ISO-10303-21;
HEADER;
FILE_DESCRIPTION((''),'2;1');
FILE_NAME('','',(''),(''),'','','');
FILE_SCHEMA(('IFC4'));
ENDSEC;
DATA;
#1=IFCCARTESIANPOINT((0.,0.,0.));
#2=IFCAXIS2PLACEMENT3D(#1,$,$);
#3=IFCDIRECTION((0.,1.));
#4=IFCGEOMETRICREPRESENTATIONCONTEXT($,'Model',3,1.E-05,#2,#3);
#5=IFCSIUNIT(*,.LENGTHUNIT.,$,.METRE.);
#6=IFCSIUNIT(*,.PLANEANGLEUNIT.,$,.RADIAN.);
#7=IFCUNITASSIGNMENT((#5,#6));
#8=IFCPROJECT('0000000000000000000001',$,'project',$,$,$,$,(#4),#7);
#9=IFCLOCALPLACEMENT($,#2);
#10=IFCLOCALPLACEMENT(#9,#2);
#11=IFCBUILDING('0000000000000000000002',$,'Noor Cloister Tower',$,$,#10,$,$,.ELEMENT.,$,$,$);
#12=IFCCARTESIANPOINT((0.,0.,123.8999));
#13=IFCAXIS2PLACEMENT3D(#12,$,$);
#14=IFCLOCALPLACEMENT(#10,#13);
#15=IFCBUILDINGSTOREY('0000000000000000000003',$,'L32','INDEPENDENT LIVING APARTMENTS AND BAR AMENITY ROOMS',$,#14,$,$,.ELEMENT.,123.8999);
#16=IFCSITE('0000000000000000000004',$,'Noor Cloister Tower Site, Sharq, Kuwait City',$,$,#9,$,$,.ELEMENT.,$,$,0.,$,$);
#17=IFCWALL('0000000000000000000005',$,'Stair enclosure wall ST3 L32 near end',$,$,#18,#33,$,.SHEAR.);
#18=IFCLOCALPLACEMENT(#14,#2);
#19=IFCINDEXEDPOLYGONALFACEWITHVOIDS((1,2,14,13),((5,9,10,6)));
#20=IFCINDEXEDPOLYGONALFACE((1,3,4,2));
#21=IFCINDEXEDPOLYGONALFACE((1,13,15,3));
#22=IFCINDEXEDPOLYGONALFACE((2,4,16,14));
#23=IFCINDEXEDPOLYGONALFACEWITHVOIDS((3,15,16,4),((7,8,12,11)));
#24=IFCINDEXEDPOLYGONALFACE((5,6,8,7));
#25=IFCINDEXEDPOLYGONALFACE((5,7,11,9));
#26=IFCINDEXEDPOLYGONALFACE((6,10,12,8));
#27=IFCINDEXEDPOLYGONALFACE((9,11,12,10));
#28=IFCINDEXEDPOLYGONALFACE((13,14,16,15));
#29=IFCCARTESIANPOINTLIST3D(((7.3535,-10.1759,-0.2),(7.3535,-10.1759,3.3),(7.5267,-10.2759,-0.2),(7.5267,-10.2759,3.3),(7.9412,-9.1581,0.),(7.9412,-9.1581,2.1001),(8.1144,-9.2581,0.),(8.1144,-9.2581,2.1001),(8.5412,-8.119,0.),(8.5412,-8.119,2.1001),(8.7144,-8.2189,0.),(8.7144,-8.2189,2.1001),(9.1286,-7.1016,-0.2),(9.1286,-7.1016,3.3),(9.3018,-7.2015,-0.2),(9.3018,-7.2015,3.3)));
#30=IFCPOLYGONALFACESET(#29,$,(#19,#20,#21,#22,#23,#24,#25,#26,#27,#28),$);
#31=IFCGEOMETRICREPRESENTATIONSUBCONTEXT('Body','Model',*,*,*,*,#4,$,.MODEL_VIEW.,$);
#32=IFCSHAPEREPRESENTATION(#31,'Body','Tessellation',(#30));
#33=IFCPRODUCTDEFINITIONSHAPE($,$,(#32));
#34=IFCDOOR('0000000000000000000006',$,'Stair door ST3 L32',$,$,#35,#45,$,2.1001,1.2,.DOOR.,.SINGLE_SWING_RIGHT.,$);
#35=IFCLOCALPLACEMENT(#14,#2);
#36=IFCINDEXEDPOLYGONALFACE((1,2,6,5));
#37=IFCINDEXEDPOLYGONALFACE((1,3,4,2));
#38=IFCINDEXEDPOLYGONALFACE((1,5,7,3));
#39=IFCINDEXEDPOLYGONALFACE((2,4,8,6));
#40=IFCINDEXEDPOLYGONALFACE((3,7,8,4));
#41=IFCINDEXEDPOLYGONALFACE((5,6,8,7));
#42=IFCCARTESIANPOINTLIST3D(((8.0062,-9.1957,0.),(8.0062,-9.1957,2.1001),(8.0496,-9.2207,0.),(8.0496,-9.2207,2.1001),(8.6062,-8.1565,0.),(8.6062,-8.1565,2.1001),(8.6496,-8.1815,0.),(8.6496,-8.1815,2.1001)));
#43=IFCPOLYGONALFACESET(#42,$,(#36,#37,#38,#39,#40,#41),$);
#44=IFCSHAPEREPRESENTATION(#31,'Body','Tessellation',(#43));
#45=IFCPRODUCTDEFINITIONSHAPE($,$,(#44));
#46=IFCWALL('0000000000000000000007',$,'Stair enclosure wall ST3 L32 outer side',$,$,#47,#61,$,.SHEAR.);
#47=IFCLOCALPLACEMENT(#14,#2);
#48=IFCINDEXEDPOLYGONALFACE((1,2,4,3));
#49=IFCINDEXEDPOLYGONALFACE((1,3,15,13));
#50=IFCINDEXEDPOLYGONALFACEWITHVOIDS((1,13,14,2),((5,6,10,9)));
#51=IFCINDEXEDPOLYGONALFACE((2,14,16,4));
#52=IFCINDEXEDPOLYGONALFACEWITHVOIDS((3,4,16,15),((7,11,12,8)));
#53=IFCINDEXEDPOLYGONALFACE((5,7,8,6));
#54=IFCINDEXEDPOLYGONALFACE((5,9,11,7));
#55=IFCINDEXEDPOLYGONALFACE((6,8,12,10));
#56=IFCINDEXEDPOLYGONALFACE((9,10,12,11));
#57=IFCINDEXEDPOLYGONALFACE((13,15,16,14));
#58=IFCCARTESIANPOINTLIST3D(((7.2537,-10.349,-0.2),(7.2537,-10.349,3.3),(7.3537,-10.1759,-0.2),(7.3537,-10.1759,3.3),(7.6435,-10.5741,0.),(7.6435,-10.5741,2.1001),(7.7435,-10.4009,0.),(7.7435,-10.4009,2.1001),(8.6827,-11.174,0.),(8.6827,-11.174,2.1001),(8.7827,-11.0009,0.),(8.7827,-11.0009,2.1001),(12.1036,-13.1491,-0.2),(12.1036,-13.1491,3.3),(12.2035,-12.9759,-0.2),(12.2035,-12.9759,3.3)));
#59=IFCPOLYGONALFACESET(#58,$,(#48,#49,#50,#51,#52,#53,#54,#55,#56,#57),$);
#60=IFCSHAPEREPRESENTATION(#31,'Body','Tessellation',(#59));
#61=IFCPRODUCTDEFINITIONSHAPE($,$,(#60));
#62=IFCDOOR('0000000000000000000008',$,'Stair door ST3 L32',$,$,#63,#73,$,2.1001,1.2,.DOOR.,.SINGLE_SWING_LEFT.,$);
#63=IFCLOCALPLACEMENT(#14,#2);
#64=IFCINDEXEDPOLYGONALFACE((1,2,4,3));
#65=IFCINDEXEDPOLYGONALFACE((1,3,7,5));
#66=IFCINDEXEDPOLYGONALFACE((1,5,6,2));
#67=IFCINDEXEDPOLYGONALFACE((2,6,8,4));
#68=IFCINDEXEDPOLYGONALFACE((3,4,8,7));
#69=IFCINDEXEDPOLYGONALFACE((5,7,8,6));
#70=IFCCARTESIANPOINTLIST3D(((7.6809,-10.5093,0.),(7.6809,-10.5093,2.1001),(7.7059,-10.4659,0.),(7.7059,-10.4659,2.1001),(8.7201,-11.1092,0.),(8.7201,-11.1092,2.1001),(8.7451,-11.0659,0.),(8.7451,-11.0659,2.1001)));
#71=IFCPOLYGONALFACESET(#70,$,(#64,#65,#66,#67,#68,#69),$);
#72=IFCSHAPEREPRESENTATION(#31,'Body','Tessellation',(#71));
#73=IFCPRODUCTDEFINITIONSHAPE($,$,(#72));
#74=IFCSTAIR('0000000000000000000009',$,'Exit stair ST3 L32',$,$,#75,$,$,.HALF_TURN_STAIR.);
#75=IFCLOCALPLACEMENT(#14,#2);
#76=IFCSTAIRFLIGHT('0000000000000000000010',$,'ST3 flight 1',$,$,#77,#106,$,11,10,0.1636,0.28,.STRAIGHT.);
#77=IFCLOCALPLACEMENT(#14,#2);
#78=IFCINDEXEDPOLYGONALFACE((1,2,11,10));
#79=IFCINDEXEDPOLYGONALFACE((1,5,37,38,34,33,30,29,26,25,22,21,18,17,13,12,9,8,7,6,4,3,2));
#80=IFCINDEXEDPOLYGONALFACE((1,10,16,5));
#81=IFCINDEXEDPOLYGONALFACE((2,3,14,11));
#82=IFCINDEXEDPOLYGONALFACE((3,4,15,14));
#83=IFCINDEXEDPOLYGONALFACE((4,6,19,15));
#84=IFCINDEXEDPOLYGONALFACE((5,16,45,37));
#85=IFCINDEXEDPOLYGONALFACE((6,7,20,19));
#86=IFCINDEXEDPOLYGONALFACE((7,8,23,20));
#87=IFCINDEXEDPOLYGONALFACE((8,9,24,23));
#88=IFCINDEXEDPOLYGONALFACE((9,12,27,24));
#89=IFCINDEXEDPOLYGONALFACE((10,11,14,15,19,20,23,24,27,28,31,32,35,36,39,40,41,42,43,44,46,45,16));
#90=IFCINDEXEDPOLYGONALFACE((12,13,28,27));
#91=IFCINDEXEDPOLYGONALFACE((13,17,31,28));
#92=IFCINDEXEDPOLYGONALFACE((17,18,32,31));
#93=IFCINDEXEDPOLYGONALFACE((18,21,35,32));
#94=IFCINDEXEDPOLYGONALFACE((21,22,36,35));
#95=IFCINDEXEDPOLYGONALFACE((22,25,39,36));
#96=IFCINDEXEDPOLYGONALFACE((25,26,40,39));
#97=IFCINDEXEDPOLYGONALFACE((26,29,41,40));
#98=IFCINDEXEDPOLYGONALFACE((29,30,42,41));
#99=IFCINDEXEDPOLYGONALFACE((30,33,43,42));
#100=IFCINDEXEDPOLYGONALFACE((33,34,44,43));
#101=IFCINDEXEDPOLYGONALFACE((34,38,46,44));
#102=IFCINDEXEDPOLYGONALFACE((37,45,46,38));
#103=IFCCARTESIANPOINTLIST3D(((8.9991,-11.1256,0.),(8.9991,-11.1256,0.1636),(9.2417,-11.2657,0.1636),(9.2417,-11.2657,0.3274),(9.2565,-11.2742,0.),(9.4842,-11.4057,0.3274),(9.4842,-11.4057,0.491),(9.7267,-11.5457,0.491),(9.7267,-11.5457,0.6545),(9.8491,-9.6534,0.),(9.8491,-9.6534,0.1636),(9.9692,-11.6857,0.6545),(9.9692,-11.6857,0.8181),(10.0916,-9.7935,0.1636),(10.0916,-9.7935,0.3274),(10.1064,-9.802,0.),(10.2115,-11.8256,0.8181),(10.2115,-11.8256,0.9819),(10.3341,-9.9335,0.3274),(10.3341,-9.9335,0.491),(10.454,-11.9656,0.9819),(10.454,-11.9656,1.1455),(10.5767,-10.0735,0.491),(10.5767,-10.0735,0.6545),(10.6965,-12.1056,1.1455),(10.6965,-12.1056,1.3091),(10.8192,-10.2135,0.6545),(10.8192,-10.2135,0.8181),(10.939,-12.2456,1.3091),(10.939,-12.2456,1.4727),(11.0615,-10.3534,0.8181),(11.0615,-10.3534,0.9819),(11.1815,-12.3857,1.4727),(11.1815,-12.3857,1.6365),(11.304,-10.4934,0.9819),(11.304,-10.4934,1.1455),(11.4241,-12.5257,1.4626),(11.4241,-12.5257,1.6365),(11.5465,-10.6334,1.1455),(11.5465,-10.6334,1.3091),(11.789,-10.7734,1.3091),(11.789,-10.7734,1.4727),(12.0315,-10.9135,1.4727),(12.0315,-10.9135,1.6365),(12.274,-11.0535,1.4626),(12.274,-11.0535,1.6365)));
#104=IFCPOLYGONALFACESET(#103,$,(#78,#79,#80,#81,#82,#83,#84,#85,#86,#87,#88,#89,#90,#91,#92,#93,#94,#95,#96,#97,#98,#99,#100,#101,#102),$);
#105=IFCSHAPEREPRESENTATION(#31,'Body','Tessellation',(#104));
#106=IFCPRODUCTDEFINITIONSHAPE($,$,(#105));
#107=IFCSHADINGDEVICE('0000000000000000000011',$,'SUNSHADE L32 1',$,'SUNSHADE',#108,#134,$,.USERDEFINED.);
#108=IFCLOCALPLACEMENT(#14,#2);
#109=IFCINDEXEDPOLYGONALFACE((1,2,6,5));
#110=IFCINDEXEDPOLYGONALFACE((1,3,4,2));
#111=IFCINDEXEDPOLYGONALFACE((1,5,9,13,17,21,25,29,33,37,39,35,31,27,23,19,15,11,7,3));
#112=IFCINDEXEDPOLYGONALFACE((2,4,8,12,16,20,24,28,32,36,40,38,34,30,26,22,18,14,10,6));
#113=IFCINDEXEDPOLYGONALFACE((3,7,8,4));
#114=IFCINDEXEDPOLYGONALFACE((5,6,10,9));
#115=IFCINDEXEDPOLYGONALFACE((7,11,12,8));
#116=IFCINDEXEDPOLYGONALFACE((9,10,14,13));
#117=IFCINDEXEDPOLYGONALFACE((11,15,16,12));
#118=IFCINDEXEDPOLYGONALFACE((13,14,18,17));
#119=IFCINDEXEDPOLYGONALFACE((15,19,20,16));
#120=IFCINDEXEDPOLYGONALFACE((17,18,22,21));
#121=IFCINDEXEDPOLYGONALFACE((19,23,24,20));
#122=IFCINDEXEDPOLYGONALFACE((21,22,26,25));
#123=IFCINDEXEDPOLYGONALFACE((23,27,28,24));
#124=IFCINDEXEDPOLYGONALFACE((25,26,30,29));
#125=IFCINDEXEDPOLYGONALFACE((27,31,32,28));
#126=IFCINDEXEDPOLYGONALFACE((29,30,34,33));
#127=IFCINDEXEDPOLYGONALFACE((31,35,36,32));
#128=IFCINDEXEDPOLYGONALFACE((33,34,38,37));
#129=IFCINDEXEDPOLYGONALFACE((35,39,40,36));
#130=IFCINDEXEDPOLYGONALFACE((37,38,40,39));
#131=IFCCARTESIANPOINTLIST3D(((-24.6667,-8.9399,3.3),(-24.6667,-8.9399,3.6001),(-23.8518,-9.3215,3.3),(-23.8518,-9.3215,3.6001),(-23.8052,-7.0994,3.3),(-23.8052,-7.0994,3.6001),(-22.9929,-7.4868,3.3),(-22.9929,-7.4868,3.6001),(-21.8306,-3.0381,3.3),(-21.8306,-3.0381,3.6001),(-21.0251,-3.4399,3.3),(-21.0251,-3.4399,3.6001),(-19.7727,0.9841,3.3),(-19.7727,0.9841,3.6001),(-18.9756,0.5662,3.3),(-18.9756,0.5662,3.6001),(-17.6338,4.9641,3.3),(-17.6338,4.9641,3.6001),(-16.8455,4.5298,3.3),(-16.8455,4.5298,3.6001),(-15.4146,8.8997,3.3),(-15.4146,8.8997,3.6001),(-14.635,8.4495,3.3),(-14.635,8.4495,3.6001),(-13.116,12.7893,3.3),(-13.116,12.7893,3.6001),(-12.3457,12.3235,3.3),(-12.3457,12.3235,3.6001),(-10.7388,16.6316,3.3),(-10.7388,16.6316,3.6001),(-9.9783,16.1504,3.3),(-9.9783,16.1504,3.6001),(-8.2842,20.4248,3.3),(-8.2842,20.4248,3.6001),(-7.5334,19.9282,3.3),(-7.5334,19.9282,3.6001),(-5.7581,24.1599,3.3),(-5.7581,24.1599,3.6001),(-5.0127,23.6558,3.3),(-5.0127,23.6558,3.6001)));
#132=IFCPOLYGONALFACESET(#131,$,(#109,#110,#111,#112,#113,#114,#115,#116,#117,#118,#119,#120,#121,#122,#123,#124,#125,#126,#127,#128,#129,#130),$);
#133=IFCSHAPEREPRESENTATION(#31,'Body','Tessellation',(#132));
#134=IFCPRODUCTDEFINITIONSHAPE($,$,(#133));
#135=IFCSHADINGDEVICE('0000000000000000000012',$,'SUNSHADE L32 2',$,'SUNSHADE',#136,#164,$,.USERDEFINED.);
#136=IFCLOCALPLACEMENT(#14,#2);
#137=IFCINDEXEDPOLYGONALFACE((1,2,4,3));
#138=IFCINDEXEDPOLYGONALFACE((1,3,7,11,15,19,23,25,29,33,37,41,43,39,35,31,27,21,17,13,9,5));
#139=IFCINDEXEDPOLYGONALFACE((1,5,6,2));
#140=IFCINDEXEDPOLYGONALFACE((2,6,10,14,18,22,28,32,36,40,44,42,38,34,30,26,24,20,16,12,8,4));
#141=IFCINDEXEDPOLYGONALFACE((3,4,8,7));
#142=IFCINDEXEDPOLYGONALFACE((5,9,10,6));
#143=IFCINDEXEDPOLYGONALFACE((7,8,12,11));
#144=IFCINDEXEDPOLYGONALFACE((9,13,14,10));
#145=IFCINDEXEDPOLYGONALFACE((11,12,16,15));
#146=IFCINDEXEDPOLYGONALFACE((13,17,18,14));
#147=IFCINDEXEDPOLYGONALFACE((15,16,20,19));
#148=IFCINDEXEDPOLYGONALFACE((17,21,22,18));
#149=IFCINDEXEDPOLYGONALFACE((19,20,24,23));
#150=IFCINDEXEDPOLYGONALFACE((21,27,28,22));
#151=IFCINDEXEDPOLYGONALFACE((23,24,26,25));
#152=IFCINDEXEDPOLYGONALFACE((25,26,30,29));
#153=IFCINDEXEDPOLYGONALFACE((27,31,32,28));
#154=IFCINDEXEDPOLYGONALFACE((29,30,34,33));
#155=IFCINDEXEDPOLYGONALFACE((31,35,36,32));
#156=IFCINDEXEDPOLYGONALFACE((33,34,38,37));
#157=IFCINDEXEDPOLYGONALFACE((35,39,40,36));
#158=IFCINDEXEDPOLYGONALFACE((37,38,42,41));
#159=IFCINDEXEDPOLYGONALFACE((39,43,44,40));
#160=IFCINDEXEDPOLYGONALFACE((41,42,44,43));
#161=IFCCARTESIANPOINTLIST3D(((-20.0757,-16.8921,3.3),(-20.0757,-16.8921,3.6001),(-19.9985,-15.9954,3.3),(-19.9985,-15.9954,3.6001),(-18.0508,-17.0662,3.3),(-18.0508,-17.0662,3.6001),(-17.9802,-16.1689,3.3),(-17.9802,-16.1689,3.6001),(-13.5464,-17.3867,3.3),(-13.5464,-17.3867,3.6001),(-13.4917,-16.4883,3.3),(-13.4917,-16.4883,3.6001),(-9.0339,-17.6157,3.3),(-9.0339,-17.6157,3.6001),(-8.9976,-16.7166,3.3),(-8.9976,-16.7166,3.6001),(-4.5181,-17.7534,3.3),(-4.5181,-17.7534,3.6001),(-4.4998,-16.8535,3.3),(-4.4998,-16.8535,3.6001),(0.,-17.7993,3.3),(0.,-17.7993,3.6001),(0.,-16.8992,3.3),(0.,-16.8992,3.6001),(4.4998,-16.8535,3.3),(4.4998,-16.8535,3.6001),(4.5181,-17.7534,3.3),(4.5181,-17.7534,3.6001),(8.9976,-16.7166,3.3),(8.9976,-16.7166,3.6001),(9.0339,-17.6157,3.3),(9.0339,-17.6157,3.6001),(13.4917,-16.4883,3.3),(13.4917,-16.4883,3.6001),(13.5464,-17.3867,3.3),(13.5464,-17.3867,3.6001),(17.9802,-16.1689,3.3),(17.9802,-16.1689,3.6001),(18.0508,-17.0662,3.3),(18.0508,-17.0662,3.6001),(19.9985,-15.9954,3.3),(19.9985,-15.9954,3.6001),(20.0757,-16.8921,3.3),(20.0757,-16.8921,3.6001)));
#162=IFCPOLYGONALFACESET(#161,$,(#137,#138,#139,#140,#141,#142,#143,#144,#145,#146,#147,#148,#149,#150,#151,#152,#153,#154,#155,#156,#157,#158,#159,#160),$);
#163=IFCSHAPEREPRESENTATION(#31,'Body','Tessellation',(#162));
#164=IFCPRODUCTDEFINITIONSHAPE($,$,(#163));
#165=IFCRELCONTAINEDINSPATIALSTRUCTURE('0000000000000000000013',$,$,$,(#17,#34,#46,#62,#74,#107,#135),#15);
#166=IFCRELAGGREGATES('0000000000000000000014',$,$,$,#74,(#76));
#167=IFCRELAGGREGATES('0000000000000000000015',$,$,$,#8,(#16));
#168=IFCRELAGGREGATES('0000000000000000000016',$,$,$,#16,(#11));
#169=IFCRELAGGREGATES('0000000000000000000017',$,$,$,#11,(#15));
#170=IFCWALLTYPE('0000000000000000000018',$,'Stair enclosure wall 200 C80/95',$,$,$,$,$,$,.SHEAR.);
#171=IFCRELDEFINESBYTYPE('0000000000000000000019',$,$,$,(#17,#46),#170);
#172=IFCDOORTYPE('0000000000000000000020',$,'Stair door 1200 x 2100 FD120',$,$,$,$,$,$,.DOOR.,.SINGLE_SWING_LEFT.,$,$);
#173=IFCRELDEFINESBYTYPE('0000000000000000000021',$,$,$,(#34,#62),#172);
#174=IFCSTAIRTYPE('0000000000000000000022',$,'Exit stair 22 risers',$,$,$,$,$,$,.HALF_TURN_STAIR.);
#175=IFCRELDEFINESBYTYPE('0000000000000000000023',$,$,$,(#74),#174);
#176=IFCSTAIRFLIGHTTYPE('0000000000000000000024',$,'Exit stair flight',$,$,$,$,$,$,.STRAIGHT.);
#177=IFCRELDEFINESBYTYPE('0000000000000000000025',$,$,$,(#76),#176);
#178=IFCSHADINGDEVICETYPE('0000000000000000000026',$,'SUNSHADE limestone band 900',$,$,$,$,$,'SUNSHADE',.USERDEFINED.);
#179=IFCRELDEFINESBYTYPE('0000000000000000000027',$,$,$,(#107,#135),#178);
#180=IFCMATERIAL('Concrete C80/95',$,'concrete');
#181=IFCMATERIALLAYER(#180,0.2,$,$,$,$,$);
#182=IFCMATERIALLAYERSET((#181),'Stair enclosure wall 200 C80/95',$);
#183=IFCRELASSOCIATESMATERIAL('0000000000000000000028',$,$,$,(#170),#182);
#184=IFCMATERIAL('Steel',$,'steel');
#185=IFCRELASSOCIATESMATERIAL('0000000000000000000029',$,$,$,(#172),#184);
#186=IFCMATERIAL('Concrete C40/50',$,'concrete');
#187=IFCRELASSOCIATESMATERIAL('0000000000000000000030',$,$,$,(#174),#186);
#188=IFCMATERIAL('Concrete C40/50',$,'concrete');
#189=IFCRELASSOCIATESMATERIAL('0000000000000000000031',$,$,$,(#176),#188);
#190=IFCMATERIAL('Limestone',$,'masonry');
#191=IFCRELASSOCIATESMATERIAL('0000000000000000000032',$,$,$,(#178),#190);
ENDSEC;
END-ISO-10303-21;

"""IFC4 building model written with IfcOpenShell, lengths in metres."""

from ifc_helpers import new_model, si_unit, direction, frame, frame_2d, origin, place, context, subcontext, project, spatial, polyline, rectangle, outline, extrude, material, layer, layer_set, type_object, element, fill, aggregate, save


model = new_model("IFC4")

# Units and contexts
model_context = context("Model", 3, precision=1e-05, world=origin(), true_north=direction((0.0, 1.0)))
body_context = subcontext(model_context, "Body", "Model", "MODEL_VIEW")
ifc_project = project(units=[si_unit("LENGTHUNIT", "METRE"), si_unit("PLANEANGLEUNIT", "RADIAN")], contexts=[model_context])

# Site, building, storey
site_placement = place(None, origin())
site = spatial("IfcSite", under=ifc_project, at=site_placement, Name="Noor Cloister Tower Site, Sharq, Kuwait City", CompositionType="ELEMENT", RefElevation=0.0)
building_placement = place(site_placement, origin())
building = spatial("IfcBuilding", under=site, at=building_placement, Name="Noor Cloister Tower", CompositionType="ELEMENT")
storey_placement = place(building_placement, frame((0.0, 0.0, 123.8999)))
storey = spatial("IfcBuildingStorey", under=building, at=storey_placement, Name="L32", Description="INDEPENDENT LIVING APARTMENTS AND BAR AMENITY ROOMS", CompositionType="ELEMENT", Elevation=123.8999)

# Walls, openings, doors
ifc_material_1 = material(Name="Concrete C80/95", Category="concrete")
ifc_layer_1 = layer(ifc_material_1, 0.2)
ifc_layer_set_1 = layer_set([ifc_layer_1], Name="Stair enclosure wall 200 C80/95")
wall_type_1 = type_object("IfcWallType", Name="Stair enclosure wall 200 C80/95", PredefinedType="SHEAR", material=ifc_layer_set_1)
wall_1_placement = place(storey_placement, frame((7.4402, -10.2258, -0.2), z_axis=(0.0, 0.0, 1.0), x_axis=(0.500022, 0.866013, 0.0)))
wall_1 = element("IfcWall", 1, at=wall_1_placement, inside=storey, type_object=wall_type_1, Name="Stair enclosure wall ST3 L32 near end", PredefinedType="SHEAR", context=body_context, shape_type="SweptSolid", body=[
    extrude(rectangle(XDim=3.55, YDim=0.2, at=frame_2d((1.7749, 0.0))), origin(), (0.0, 0.0, 1.0), 3.5),
])
opening_1_placement = place(wall_1_placement, frame((1.175, 0.0, 0.2)))
opening_1 = element("IfcOpeningElement", 2, at=opening_1_placement, cuts=wall_1, PredefinedType="OPENING", context=body_context, shape_type="SweptSolid", body=[
    extrude(rectangle(XDim=1.2, YDim=2.1001, at=frame_2d((0.6001, 1.05))), frame((0.0, 0.1099, 0.0), z_axis=(0.0, -1.0, 0.0), x_axis=(1.0, 0.0, 0.0)), (0.0, 0.0, 1.0), 0.22),
])
ifc_material_2 = material(Name="Steel", Category="steel")
door_type_1 = type_object("IfcDoorType", Name="Stair door 1200 x 2100 FD120", OperationType="SINGLE_SWING_LEFT", PredefinedType="DOOR", material=ifc_material_2)
door_1_placement = place(opening_1_placement, origin())
door_1 = element("IfcDoor", 3, at=door_1_placement, inside=storey, type_object=door_type_1, Name="Stair door ST3 L32", OperationType="SINGLE_SWING_RIGHT", OverallHeight=2.1001, OverallWidth=1.2, PredefinedType="DOOR", context=body_context, shape_type="SweptSolid", body=[
    extrude(rectangle(XDim=1.2, YDim=2.1001, at=frame_2d((0.6001, 1.05))), frame((0.0, 0.0249, 0.0), z_axis=(0.0, -1.0, 0.0), x_axis=(1.0, 0.0, 0.0)), (0.0, 0.0, 1.0), 0.05),
])
fill(opening_1, door_1)
wall_2_placement = place(storey_placement, frame((7.3037, -10.2625, -0.2), z_axis=(0.0, 0.0, 1.0), x_axis=(0.866027, -0.499998, 0.0)))
wall_2 = element("IfcWall", 4, at=wall_2_placement, inside=storey, type_object=wall_type_1, Name="Stair enclosure wall ST3 L32 outer side", PredefinedType="SHEAR", context=body_context, shape_type="SweptSolid", body=[
    extrude(rectangle(XDim=5.6001, YDim=0.2, at=frame_2d((2.8, 0.0))), origin(), (0.0, 0.0, 1.0), 3.5),
])
opening_2_placement = place(wall_2_placement, frame((0.45, 0.0, 0.2)))
opening_2 = element("IfcOpeningElement", 5, at=opening_2_placement, cuts=wall_2, PredefinedType="OPENING", context=body_context, shape_type="SweptSolid", body=[
    extrude(rectangle(XDim=1.2, YDim=2.1001, at=frame_2d((0.6001, 1.05))), frame((0.0, 0.1099, 0.0), z_axis=(0.0, -1.0, 0.0), x_axis=(1.0, 0.0, 0.0)), (0.0, 0.0, 1.0), 0.22),
])
door_2_placement = place(opening_2_placement, origin())
door_2 = element("IfcDoor", 6, at=door_2_placement, inside=storey, type_object=door_type_1, Name="Stair door ST3 L32", OperationType="SINGLE_SWING_LEFT", OverallHeight=2.1001, OverallWidth=1.2, PredefinedType="DOOR", context=body_context, shape_type="SweptSolid", body=[
    extrude(rectangle(XDim=1.2, YDim=2.1001, at=frame_2d((0.6001, 1.05))), frame((0.0, 0.0249, 0.0), z_axis=(0.0, -1.0, 0.0), x_axis=(1.0, 0.0, 0.0)), (0.0, 0.0, 1.0), 0.05),
])
fill(opening_2, door_2)

# Stair, stair flight
ifc_material_3 = material(Name="Concrete C40/50", Category="concrete")
stair_type = type_object("IfcStairType", Name="Exit stair 22 risers", PredefinedType="HALF_TURN_STAIR", material=ifc_material_3)
stair_placement = place(storey_placement, origin())
stair = element("IfcStair", 7, at=stair_placement, inside=storey, type_object=stair_type, Name="Exit stair ST3 L32", PredefinedType="HALF_TURN_STAIR")
ifc_material_4 = material(Name="Concrete C40/50", Category="concrete")
stair_flight_type = type_object("IfcStairFlightType", Name="Exit stair flight", PredefinedType="STRAIGHT", material=ifc_material_4)
stair_flight_placement = place(storey_placement, frame((9.4241, -10.3896, 0.0), z_axis=(0.0, 0.0, 1.0), x_axis=(0.866025, -0.5, 0.0)))
stair_flight = element("IfcStairFlight", 8, at=stair_flight_placement, type_object=stair_flight_type, Name="ST3 flight 1", NumberOfRisers=11, NumberOfTreads=10, PredefinedType="STRAIGHT", RiserHeight=0.1636, TreadLength=0.28, context=body_context, shape_type="SweptSolid", body=[
    extrude(outline(polyline([(0.0, 0.0), (0.0, 0.1636), (0.28, 0.1636), (0.28, 0.3274), (0.5601, 0.3274), (0.5601, 0.491), (0.8401, 0.491), (0.8401, 0.6545), (1.1201, 0.6545), (1.1201, 0.8181), (1.3999, 0.8181), (1.3999, 0.9819), (1.6799, 0.9819), (1.6799, 1.1455), (1.96, 1.1455), (1.96, 1.3091), (2.24, 1.3091), (2.24, 1.4727), (2.52, 1.4727), (2.52, 1.6365), (2.8, 1.6365), (2.8, 1.8), (2.8, 1.4626), (0.2971, 0.0), (0.0, 0.0)])), frame((0.0, 0.8501, 0.0), z_axis=(0.0, -1.0, 0.0), x_axis=(1.0, 0.0, 0.0)), (0.0, 0.0, 1.0), 1.7),
])
aggregate(stair, [stair_flight])

# Shading devices
ifc_material_5 = material(Name="Limestone", Category="masonry")
shading_device_type = type_object("IfcShadingDeviceType", Name="SUNSHADE limestone band 900", ElementType="SUNSHADE", PredefinedType="USERDEFINED", material=ifc_material_5)
shading_device_1_placement = place(storey_placement, frame((0.0, 0.0, 3.3)))
element("IfcShadingDevice", 9, at=shading_device_1_placement, inside=storey, type_object=shading_device_type, Name="SUNSHADE L32 1", ObjectType="SUNSHADE", PredefinedType="USERDEFINED", context=body_context, shape_type="SweptSolid", body=[
    extrude(outline(polyline([(-5.7581, 24.1599), (-8.2842, 20.4248), (-10.7388, 16.6316), (-13.116, 12.7893), (-15.4146, 8.8997), (-17.6338, 4.9641), (-19.7727, 0.9841), (-21.8306, -3.0381), (-23.8052, -7.0994), (-24.6667, -8.9399), (-23.8518, -9.3215), (-22.9929, -7.4868), (-21.0251, -3.4399), (-18.9756, 0.5662), (-16.8455, 4.5298), (-14.635, 8.4495), (-12.3457, 12.3235), (-9.9783, 16.1504), (-7.5334, 19.9282), (-5.0127, 23.6558), (-5.7581, 24.1599)])), origin(), (0.0, 0.0, 1.0), 0.3),
])
shading_device_2_placement = place(storey_placement, frame((0.0, 0.0, 3.3)))
element("IfcShadingDevice", 10, at=shading_device_2_placement, inside=storey, type_object=shading_device_type, Name="SUNSHADE L32 2", ObjectType="SUNSHADE", PredefinedType="USERDEFINED", context=body_context, shape_type="SweptSolid", body=[
    extrude(outline(polyline([(-20.0757, -16.8921), (-18.0508, -17.0662), (-13.5464, -17.3867), (-9.0339, -17.6157), (-4.5181, -17.7534), (0.0, -17.7993), (4.5181, -17.7534), (9.0339, -17.6157), (13.5464, -17.3867), (18.0508, -17.0662), (20.0757, -16.8921), (19.9985, -15.9954), (17.9802, -16.1689), (13.4917, -16.4883), (8.9976, -16.7166), (4.4998, -16.8535), (0.0, -16.8992), (-4.4998, -16.8535), (-8.9976, -16.7166), (-13.4917, -16.4883), (-17.9802, -16.1689), (-19.9985, -15.9954), (-20.0757, -16.8921)])), origin(), (0.0, 0.0, 1.0), 0.3),
])

save(model, "model.ifc")
